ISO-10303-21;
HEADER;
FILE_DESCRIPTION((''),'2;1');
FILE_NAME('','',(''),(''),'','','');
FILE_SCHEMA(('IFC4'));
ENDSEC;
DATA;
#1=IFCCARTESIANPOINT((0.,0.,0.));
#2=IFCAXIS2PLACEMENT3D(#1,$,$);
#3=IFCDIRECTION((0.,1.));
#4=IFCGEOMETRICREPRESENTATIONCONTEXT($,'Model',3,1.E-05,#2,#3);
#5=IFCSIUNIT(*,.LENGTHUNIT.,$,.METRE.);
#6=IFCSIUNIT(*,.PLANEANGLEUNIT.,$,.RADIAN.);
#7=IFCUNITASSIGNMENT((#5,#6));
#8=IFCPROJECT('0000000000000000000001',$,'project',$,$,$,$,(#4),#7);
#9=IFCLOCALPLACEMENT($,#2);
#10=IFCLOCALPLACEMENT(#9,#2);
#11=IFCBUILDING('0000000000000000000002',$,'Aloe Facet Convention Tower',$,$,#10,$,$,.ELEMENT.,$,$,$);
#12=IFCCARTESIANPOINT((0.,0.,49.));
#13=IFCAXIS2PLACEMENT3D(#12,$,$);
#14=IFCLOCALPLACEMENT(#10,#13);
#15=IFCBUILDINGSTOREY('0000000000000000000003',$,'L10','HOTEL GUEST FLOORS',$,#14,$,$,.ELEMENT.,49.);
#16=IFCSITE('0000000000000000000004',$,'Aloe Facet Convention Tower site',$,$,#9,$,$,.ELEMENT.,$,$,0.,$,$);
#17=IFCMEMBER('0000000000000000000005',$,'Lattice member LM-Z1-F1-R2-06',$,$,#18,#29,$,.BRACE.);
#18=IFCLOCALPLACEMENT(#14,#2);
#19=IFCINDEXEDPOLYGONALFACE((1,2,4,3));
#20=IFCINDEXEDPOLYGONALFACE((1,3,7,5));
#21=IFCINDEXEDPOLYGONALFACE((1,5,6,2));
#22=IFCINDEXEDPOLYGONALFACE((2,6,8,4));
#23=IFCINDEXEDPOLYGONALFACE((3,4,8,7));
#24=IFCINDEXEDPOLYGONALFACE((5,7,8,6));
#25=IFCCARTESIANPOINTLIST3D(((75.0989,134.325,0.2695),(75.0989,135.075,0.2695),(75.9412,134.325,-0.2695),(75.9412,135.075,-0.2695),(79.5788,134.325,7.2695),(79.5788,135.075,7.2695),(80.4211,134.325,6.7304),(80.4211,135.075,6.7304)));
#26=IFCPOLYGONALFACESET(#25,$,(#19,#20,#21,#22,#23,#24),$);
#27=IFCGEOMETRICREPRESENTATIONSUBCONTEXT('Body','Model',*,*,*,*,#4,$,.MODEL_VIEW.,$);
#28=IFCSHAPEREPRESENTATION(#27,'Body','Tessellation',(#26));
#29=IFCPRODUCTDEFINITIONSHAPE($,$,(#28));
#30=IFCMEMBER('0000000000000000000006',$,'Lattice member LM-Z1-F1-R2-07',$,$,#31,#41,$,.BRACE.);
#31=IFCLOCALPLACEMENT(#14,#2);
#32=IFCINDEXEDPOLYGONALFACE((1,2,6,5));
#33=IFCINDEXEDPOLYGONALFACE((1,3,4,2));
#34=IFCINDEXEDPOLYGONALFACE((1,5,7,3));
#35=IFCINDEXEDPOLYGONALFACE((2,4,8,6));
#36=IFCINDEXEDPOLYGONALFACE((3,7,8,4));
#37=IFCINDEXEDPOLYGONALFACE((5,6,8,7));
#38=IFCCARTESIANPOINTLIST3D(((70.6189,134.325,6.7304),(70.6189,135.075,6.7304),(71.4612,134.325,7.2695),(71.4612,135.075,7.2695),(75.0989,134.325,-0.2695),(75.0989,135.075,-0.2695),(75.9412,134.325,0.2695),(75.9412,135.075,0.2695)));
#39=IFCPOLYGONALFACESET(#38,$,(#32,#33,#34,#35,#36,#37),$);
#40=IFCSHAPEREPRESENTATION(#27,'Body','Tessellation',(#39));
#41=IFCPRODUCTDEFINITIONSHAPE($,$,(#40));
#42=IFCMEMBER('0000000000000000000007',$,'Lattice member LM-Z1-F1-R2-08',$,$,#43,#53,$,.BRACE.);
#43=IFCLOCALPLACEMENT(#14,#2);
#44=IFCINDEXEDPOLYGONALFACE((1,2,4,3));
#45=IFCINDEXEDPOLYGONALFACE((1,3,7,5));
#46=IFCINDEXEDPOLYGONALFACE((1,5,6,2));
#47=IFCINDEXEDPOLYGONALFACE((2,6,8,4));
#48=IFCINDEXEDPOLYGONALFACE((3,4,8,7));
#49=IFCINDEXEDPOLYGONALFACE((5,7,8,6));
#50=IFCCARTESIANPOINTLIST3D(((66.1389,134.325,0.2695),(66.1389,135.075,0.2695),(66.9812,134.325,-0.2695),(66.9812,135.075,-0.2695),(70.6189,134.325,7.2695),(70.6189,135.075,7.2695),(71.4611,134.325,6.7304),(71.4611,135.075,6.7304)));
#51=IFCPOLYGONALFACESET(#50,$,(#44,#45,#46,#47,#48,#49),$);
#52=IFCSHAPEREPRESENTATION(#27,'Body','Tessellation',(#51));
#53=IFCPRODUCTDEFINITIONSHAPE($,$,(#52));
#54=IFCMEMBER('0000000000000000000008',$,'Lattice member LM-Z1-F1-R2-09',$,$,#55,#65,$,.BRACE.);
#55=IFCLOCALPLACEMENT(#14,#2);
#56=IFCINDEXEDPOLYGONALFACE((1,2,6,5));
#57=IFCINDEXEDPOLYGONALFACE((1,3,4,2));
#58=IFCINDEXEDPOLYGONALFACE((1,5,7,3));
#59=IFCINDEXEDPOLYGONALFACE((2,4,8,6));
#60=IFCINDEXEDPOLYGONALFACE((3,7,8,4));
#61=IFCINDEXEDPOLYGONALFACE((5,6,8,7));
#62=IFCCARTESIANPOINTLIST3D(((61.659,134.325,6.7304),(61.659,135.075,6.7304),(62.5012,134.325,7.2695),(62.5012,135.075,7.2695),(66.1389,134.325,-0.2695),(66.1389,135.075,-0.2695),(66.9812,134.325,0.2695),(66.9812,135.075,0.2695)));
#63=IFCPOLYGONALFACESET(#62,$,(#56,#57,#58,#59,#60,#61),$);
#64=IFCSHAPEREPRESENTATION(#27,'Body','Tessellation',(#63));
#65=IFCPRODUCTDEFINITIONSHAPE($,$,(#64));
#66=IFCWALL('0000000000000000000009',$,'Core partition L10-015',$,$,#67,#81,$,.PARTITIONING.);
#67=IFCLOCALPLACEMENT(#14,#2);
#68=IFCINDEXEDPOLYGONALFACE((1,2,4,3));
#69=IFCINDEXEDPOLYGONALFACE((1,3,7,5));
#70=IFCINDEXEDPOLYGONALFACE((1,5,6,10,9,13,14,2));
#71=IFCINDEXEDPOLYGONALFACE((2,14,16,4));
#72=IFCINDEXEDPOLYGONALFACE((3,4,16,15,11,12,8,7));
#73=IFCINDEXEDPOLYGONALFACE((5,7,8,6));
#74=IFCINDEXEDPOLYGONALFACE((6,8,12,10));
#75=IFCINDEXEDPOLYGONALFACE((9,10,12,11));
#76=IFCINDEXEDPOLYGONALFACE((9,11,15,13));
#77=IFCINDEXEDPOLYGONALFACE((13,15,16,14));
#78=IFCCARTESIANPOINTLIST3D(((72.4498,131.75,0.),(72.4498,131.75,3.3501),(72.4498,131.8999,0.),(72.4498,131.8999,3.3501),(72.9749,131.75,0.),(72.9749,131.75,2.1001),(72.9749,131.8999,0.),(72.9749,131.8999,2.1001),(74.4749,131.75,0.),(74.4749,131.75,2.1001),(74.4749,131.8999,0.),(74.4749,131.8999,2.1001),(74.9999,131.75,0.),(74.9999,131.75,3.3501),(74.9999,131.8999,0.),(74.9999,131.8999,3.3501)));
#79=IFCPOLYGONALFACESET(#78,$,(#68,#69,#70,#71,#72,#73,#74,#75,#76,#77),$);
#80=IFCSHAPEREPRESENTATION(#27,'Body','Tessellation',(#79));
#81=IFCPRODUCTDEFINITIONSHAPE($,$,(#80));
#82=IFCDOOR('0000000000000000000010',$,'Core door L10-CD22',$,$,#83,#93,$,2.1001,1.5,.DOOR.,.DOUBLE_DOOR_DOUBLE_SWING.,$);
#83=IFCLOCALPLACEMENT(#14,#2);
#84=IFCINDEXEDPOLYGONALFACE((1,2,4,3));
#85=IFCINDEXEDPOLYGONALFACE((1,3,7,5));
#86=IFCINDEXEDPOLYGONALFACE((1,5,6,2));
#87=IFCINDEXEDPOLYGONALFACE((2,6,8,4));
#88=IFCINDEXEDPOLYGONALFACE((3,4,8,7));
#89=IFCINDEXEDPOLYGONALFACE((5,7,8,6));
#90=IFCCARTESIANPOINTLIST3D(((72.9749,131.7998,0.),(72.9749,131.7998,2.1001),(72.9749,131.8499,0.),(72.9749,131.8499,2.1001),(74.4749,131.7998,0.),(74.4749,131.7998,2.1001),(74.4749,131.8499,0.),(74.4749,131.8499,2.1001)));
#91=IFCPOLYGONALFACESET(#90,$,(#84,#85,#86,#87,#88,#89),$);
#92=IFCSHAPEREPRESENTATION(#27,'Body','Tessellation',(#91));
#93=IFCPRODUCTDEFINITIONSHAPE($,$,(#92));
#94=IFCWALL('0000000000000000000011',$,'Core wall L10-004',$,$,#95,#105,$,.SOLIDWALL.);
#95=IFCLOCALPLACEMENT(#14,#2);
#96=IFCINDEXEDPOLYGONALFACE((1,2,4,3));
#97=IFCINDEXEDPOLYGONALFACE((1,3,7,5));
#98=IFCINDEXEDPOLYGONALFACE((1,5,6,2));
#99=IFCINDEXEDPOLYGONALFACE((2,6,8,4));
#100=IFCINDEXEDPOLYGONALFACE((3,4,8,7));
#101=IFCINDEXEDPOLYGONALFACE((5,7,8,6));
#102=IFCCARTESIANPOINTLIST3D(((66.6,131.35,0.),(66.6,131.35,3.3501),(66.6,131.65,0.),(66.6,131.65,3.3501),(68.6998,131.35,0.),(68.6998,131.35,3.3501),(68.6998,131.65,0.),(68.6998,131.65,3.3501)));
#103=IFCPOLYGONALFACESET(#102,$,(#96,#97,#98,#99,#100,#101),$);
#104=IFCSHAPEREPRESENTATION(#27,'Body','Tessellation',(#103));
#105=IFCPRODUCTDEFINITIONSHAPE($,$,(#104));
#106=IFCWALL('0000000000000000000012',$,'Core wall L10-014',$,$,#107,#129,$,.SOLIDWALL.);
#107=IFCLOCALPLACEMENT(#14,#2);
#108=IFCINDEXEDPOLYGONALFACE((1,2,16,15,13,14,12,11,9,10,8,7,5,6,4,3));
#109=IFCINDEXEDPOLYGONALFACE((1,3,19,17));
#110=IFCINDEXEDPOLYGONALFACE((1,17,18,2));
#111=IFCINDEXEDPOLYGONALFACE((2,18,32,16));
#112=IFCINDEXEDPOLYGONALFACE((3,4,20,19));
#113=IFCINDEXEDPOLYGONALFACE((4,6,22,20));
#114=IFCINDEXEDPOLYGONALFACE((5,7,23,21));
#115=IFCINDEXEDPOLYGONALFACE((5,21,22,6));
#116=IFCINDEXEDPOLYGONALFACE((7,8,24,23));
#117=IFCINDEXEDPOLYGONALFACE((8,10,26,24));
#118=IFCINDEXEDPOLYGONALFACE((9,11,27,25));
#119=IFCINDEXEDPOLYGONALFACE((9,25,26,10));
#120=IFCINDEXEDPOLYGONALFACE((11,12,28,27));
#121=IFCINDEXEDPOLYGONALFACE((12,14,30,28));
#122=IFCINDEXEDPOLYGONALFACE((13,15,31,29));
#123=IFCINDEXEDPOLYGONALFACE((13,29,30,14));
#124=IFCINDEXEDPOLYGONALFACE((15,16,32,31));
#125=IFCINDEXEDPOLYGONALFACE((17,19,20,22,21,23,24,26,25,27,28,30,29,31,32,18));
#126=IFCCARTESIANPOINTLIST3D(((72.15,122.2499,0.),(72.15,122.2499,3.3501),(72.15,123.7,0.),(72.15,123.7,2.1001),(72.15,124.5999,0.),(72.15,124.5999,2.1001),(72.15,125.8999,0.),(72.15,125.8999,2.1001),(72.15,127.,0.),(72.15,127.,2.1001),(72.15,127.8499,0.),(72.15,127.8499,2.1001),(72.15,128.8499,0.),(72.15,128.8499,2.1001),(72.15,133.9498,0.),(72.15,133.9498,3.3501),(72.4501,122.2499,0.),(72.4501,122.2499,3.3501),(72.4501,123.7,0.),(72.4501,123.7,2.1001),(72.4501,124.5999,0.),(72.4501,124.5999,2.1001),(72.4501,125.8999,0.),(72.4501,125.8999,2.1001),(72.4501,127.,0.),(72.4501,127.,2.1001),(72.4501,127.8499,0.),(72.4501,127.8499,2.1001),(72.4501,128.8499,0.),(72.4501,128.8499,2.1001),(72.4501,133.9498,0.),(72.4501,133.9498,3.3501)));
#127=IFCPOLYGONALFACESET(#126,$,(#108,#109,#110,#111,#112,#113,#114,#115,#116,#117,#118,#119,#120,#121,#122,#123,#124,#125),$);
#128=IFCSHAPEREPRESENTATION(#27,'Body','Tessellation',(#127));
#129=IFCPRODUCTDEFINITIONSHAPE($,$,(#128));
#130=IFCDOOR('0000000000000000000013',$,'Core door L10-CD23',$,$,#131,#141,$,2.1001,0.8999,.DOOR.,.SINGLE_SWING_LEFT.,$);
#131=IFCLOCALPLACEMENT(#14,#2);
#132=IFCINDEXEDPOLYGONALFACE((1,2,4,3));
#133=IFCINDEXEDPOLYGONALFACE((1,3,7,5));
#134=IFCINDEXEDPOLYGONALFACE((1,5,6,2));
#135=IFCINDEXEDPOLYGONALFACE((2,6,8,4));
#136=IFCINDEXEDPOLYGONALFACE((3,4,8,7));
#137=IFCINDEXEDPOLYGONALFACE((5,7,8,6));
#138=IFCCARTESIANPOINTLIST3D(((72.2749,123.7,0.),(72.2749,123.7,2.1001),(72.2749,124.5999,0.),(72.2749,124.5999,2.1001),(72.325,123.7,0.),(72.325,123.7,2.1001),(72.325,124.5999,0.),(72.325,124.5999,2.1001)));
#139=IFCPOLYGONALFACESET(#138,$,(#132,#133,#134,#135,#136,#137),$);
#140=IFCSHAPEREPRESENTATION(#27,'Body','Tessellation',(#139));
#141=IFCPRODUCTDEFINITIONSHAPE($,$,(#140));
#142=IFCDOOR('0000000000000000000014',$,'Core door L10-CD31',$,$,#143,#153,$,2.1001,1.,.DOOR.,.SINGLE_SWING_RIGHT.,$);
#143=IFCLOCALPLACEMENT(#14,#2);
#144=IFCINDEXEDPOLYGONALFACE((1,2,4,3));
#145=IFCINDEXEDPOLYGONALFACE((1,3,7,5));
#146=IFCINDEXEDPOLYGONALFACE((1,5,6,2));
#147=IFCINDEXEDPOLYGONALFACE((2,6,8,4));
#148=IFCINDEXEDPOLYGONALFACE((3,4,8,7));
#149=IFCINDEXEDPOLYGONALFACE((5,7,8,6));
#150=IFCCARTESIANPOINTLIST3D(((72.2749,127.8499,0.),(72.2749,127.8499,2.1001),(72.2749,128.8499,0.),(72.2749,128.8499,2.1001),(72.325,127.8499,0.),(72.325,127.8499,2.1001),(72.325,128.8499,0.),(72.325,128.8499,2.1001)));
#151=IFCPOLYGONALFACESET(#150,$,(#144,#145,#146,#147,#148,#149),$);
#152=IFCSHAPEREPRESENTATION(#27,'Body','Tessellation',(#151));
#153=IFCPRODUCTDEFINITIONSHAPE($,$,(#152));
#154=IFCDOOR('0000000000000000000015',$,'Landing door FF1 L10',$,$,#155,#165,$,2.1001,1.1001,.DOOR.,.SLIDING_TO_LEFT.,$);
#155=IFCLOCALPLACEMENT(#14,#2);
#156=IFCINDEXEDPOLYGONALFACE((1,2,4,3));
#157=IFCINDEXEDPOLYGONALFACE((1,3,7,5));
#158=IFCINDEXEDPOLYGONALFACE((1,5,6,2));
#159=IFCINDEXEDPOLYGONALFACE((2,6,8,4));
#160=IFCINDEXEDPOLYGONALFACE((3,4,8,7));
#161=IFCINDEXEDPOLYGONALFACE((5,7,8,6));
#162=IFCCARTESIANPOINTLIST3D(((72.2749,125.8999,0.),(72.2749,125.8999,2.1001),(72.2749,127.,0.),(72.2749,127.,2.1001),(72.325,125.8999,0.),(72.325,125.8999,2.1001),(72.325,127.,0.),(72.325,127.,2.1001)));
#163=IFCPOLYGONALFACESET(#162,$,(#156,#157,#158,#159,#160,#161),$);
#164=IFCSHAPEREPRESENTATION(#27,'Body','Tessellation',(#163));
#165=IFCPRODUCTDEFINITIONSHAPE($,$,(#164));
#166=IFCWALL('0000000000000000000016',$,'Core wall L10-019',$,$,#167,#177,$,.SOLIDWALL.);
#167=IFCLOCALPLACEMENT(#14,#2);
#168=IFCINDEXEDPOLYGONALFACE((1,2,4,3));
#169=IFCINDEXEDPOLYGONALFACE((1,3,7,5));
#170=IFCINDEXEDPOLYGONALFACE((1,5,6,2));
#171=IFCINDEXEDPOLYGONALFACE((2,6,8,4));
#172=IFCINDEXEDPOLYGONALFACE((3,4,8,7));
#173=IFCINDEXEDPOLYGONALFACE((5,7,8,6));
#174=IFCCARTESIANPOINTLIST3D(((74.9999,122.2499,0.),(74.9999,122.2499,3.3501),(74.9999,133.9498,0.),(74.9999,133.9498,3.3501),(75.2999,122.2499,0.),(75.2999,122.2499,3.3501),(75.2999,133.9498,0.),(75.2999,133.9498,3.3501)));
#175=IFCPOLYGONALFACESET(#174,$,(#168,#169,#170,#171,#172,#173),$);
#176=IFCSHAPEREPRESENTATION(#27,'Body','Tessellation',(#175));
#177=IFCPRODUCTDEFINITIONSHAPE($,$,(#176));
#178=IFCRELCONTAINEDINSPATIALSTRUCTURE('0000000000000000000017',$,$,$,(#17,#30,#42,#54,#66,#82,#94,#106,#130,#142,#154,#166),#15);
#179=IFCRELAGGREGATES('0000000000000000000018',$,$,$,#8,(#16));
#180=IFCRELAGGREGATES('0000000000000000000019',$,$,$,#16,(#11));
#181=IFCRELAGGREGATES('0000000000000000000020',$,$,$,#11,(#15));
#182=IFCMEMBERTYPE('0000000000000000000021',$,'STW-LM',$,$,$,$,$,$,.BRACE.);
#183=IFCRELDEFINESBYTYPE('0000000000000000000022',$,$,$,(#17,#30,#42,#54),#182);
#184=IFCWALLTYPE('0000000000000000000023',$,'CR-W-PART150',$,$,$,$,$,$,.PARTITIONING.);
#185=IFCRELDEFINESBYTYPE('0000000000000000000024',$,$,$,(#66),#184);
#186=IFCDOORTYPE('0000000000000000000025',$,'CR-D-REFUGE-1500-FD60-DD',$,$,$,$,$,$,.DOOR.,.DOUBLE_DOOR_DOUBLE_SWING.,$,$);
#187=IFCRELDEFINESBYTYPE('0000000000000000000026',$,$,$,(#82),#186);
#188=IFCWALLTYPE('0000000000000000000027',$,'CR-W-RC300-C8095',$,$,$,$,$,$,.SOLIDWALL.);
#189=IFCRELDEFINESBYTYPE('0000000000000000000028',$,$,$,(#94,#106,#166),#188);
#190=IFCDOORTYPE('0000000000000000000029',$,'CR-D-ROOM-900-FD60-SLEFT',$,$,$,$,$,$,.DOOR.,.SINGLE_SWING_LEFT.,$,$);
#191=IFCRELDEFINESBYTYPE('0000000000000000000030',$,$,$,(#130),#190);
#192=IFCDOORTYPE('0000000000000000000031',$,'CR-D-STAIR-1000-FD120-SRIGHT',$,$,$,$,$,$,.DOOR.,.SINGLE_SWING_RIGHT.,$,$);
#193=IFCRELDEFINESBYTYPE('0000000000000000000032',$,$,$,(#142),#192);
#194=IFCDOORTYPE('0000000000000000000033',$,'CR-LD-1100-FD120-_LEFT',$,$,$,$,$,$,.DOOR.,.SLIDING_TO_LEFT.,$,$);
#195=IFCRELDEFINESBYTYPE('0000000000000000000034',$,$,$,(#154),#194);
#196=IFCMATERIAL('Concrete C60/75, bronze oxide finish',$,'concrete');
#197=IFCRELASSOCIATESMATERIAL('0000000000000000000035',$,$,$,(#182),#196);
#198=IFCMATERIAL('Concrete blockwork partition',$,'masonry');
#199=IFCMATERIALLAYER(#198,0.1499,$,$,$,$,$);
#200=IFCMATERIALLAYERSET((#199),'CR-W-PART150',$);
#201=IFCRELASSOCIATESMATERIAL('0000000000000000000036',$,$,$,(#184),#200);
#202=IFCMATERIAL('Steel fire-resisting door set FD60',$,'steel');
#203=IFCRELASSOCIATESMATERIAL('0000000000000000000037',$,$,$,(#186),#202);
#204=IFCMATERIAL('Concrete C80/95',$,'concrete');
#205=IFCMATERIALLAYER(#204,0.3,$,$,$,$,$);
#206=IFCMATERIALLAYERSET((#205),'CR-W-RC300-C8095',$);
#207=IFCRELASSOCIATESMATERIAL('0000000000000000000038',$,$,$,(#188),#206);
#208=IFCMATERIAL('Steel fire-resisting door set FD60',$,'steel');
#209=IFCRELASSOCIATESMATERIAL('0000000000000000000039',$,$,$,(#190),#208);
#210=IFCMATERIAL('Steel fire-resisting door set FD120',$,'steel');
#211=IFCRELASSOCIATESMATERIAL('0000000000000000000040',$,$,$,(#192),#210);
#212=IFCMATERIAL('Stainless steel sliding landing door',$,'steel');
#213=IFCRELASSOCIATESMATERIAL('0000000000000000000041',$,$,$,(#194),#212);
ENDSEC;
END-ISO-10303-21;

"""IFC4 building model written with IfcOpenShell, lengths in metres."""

from ifc_helpers import new_model, si_unit, direction, frame, frame_2d, origin, origin_2d, place, context, subcontext, project, spatial, rectangle, extrude, material, layer, layer_set, material_profile, profile_set, type_object, element, fill, save


model = new_model("IFC4")

# Units and contexts
model_context = context("Model", 3, precision=1e-05, world=origin(), true_north=direction((0.0, 1.0)))
body_context = subcontext(model_context, "Body", "Model", "MODEL_VIEW")
ifc_project = project(units=[si_unit("LENGTHUNIT", "METRE"), si_unit("PLANEANGLEUNIT", "RADIAN")], contexts=[model_context])

# Site, building, storey
site_placement = place(None, origin())
site = spatial("IfcSite", under=ifc_project, at=site_placement, Name="Aloe Facet Convention Tower site", CompositionType="ELEMENT", RefElevation=0.0)
building_placement = place(site_placement, origin())
building = spatial("IfcBuilding", under=site, at=building_placement, Name="Aloe Facet Convention Tower", CompositionType="ELEMENT")
storey_placement = place(building_placement, frame((0.0, 0.0, 49.0)))
storey = spatial("IfcBuildingStorey", under=building, at=storey_placement, Name="L10", Description="HOTEL GUEST FLOORS", CompositionType="ELEMENT", Elevation=49.0)

# Members
ifc_material_1 = material(Name="Concrete C60/75, bronze oxide finish", Category="concrete")
ifc_material_profile = material_profile(ifc_material_1, rectangle(XDim=0.75, YDim=1.0, at=origin_2d()), Name="STW-LM")
ifc_profile_set = profile_set([ifc_material_profile], Name="Concrete C60/75, bronze oxide finish")
member_type = type_object("IfcMemberType", Name="STW-LM", PredefinedType="BRACE", material=ifc_profile_set)
for number, where, z_axis, x_axis, name in (
    (1, (75.52, 134.7, 0.0), (0.539052, 0.0, 0.842272), (0.0, 1.0, 0.0), "Lattice member LM-Z1-F1-R2-06"),
    (2, (75.52, 134.7, 0.0), (-0.539052, 0.0, 0.842272), (0.0, -1.0, 0.0), "Lattice member LM-Z1-F1-R2-07"),
    (3, (66.5601, 134.7, 0.0), (0.539052, 0.0, 0.842272), (0.0, 1.0, 0.0), "Lattice member LM-Z1-F1-R2-08"),
    (4, (66.5601, 134.7, 0.0), (-0.539052, 0.0, 0.842272), (0.0, -1.0, 0.0), "Lattice member LM-Z1-F1-R2-09"),
):
    element("IfcMember", number, at=place(storey_placement, frame(where, z_axis=z_axis, x_axis=x_axis)), inside=storey, type_object=member_type, Name=name, PredefinedType="BRACE", context=body_context, shape_type="SweptSolid", body=[
        extrude(rectangle(XDim=0.75, YDim=1.0, at=origin_2d()), origin(), (0.0, 0.0, 1.0), 8.3108),
    ])

# Wall, opening, door
ifc_material_2 = material(Name="Concrete blockwork partition", Category="masonry")
ifc_layer_1 = layer(ifc_material_2, 0.1499)
ifc_layer_set_1 = layer_set([ifc_layer_1], Name="CR-W-PART150")
wall_type_1 = type_object("IfcWallType", Name="CR-W-PART150", PredefinedType="PARTITIONING", material=ifc_layer_set_1)
wall_1_placement = place(storey_placement, frame((72.45, 131.825, 0.0), z_axis=(0.0, 0.0, 1.0), x_axis=(1.0, 0.0, 0.0)))
wall_1 = element("IfcWall", 5, at=wall_1_placement, inside=storey, type_object=wall_type_1, Name="Core partition L10-015", PredefinedType="PARTITIONING", context=body_context, shape_type="SweptSolid", body=[
    extrude(rectangle(XDim=2.55, YDim=0.1499, at=frame_2d((1.2749, 0.0))), origin(), (0.0, 0.0, 1.0), 3.3501),
])
opening_1_placement = place(wall_1_placement, frame((0.5249, 0.0, 0.0)))
opening_1 = element("IfcOpeningElement", 6, at=opening_1_placement, cuts=wall_1, PredefinedType="OPENING", context=body_context, shape_type="SweptSolid", body=[
    extrude(rectangle(XDim=1.5, YDim=2.1001, at=frame_2d((0.75, 1.05))), frame((0.0, 0.085, 0.0), z_axis=(0.0, -1.0, 0.0), x_axis=(1.0, 0.0, 0.0)), (0.0, 0.0, 1.0), 0.1699),
])
ifc_material_3 = material(Name="Steel fire-resisting door set FD60", Category="steel")
door_type_1 = type_object("IfcDoorType", Name="CR-D-REFUGE-1500-FD60-DD", OperationType="DOUBLE_DOOR_DOUBLE_SWING", PredefinedType="DOOR", material=ifc_material_3)
door_1_placement = place(opening_1_placement, origin())
door_1 = element("IfcDoor", 7, at=door_1_placement, inside=storey, type_object=door_type_1, Name="Core door L10-CD22", OperationType="DOUBLE_DOOR_DOUBLE_SWING", OverallHeight=2.1001, OverallWidth=1.5, PredefinedType="DOOR", context=body_context, shape_type="SweptSolid", body=[
    extrude(rectangle(XDim=1.5, YDim=2.1001, at=frame_2d((0.75, 1.05))), frame((0.0, 0.0249, 0.0), z_axis=(0.0, -1.0, 0.0), x_axis=(1.0, 0.0, 0.0)), (0.0, 0.0, 1.0), 0.05),
])
fill(opening_1, door_1)

# Wall
ifc_material_4 = material(Name="Concrete C80/95", Category="concrete")
ifc_layer_2 = layer(ifc_material_4, 0.3)
ifc_layer_set_2 = layer_set([ifc_layer_2], Name="CR-W-RC300-C8095")
wall_type_2 = type_object("IfcWallType", Name="CR-W-RC300-C8095", PredefinedType="SOLIDWALL", material=ifc_layer_set_2)
wall_2_placement = place(storey_placement, frame((66.6001, 131.5, 0.0), z_axis=(0.0, 0.0, 1.0), x_axis=(1.0, 0.0, 0.0)))
element("IfcWall", 8, at=wall_2_placement, inside=storey, type_object=wall_type_2, Name="Core wall L10-004", PredefinedType="SOLIDWALL", context=body_context, shape_type="SweptSolid", body=[
    extrude(rectangle(XDim=2.0999, YDim=0.3, at=frame_2d((1.0498, 0.0))), origin(), (0.0, 0.0, 1.0), 3.3501),
])

# Wall, openings, doors
wall_3_placement = place(storey_placement, frame((72.3, 133.95, 0.0), z_axis=(0.0, 0.0, 1.0), x_axis=(0.0, -1.0, 0.0)))
wall_3 = element("IfcWall", 9, at=wall_3_placement, inside=storey, type_object=wall_type_2, Name="Core wall L10-014", PredefinedType="SOLIDWALL", context=body_context, shape_type="SweptSolid", body=[
    extrude(rectangle(XDim=11.7, YDim=0.3, at=frame_2d((5.8501, 0.0))), origin(), (0.0, 0.0, 1.0), 3.3501),
])
opening_2_placement = place(wall_3_placement, frame((6.95, 0.0, 0.0)))
opening_2 = element("IfcOpeningElement", 10, at=opening_2_placement, cuts=wall_3, PredefinedType="OPENING", context=body_context, shape_type="SweptSolid", body=[
    extrude(rectangle(XDim=1.1001, YDim=2.1001, at=frame_2d((0.55, 1.05))), frame((0.0, 0.1602, 0.0), z_axis=(0.0, -1.0, 0.0), x_axis=(1.0, 0.0, 0.0)), (0.0, 0.0, 1.0), 0.3201),
])
opening_3_placement = place(wall_3_placement, frame((9.3501, 0.0, 0.0)))
opening_3 = element("IfcOpeningElement", 11, at=opening_3_placement, cuts=wall_3, PredefinedType="OPENING", context=body_context, shape_type="SweptSolid", body=[
    extrude(rectangle(XDim=0.8999, YDim=2.1001, at=frame_2d((0.45, 1.05))), frame((0.0, 0.1602, 0.0), z_axis=(0.0, -1.0, 0.0), x_axis=(1.0, 0.0, 0.0)), (0.0, 0.0, 1.0), 0.3201),
])
opening_4_placement = place(wall_3_placement, frame((5.1001, 0.0, 0.0)))
opening_4 = element("IfcOpeningElement", 12, at=opening_4_placement, cuts=wall_3, PredefinedType="OPENING", context=body_context, shape_type="SweptSolid", body=[
    extrude(rectangle(XDim=1.0, YDim=2.1001, at=frame_2d((0.5, 1.05))), frame((0.0, 0.1602, 0.0), z_axis=(0.0, -1.0, 0.0), x_axis=(1.0, 0.0, 0.0)), (0.0, 0.0, 1.0), 0.3201),
])
ifc_material_5 = material(Name="Steel fire-resisting door set FD60", Category="steel")
door_type_2 = type_object("IfcDoorType", Name="CR-D-ROOM-900-FD60-SLEFT", OperationType="SINGLE_SWING_LEFT", PredefinedType="DOOR", material=ifc_material_5)
door_2_placement = place(opening_3_placement, origin())
door_2 = element("IfcDoor", 13, at=door_2_placement, inside=storey, type_object=door_type_2, Name="Core door L10-CD23", OperationType="SINGLE_SWING_LEFT", OverallHeight=2.1001, OverallWidth=0.8999, PredefinedType="DOOR", context=body_context, shape_type="SweptSolid", body=[
    extrude(rectangle(XDim=0.8999, YDim=2.1001, at=frame_2d((0.45, 1.05))), frame((0.0, 0.0249, 0.0), z_axis=(0.0, -1.0, 0.0), x_axis=(1.0, 0.0, 0.0)), (0.0, 0.0, 1.0), 0.05),
])
fill(opening_3, door_2)
ifc_material_6 = material(Name="Steel fire-resisting door set FD120", Category="steel")
door_type_3 = type_object("IfcDoorType", Name="CR-D-STAIR-1000-FD120-SRIGHT", OperationType="SINGLE_SWING_RIGHT", PredefinedType="DOOR", material=ifc_material_6)
door_3_placement = place(opening_4_placement, origin())
door_3 = element("IfcDoor", 14, at=door_3_placement, inside=storey, type_object=door_type_3, Name="Core door L10-CD31", OperationType="SINGLE_SWING_RIGHT", OverallHeight=2.1001, OverallWidth=1.0, PredefinedType="DOOR", context=body_context, shape_type="SweptSolid", body=[
    extrude(rectangle(XDim=1.0, YDim=2.1001, at=frame_2d((0.5, 1.05))), frame((0.0, 0.0249, 0.0), z_axis=(0.0, -1.0, 0.0), x_axis=(1.0, 0.0, 0.0)), (0.0, 0.0, 1.0), 0.05),
])
fill(opening_4, door_3)
ifc_material_7 = material(Name="Stainless steel sliding landing door", Category="steel")
door_type_4 = type_object("IfcDoorType", Name="CR-LD-1100-FD120-_LEFT", OperationType="SLIDING_TO_LEFT", PredefinedType="DOOR", material=ifc_material_7)
door_4_placement = place(opening_2_placement, origin())
door_4 = element("IfcDoor", 15, at=door_4_placement, inside=storey, type_object=door_type_4, Name="Landing door FF1 L10", OperationType="SLIDING_TO_LEFT", OverallHeight=2.1001, OverallWidth=1.1001, PredefinedType="DOOR", context=body_context, shape_type="SweptSolid", body=[
    extrude(rectangle(XDim=1.1001, YDim=2.1001, at=frame_2d((0.55, 1.05))), frame((0.0, 0.0249, 0.0), z_axis=(0.0, -1.0, 0.0), x_axis=(1.0, 0.0, 0.0)), (0.0, 0.0, 1.0), 0.05),
])
fill(opening_2, door_4)

# Wall
wall_4_placement = place(storey_placement, frame((75.1499, 133.95, 0.0), z_axis=(0.0, 0.0, 1.0), x_axis=(0.0, -1.0, 0.0)))
element("IfcWall", 16, at=wall_4_placement, inside=storey, type_object=wall_type_2, Name="Core wall L10-019", PredefinedType="SOLIDWALL", context=body_context, shape_type="SweptSolid", body=[
    extrude(rectangle(XDim=11.7, YDim=0.3, at=frame_2d((5.8501, 0.0))), origin(), (0.0, 0.0, 1.0), 3.3501),
])

save(model, "model.ifc")
